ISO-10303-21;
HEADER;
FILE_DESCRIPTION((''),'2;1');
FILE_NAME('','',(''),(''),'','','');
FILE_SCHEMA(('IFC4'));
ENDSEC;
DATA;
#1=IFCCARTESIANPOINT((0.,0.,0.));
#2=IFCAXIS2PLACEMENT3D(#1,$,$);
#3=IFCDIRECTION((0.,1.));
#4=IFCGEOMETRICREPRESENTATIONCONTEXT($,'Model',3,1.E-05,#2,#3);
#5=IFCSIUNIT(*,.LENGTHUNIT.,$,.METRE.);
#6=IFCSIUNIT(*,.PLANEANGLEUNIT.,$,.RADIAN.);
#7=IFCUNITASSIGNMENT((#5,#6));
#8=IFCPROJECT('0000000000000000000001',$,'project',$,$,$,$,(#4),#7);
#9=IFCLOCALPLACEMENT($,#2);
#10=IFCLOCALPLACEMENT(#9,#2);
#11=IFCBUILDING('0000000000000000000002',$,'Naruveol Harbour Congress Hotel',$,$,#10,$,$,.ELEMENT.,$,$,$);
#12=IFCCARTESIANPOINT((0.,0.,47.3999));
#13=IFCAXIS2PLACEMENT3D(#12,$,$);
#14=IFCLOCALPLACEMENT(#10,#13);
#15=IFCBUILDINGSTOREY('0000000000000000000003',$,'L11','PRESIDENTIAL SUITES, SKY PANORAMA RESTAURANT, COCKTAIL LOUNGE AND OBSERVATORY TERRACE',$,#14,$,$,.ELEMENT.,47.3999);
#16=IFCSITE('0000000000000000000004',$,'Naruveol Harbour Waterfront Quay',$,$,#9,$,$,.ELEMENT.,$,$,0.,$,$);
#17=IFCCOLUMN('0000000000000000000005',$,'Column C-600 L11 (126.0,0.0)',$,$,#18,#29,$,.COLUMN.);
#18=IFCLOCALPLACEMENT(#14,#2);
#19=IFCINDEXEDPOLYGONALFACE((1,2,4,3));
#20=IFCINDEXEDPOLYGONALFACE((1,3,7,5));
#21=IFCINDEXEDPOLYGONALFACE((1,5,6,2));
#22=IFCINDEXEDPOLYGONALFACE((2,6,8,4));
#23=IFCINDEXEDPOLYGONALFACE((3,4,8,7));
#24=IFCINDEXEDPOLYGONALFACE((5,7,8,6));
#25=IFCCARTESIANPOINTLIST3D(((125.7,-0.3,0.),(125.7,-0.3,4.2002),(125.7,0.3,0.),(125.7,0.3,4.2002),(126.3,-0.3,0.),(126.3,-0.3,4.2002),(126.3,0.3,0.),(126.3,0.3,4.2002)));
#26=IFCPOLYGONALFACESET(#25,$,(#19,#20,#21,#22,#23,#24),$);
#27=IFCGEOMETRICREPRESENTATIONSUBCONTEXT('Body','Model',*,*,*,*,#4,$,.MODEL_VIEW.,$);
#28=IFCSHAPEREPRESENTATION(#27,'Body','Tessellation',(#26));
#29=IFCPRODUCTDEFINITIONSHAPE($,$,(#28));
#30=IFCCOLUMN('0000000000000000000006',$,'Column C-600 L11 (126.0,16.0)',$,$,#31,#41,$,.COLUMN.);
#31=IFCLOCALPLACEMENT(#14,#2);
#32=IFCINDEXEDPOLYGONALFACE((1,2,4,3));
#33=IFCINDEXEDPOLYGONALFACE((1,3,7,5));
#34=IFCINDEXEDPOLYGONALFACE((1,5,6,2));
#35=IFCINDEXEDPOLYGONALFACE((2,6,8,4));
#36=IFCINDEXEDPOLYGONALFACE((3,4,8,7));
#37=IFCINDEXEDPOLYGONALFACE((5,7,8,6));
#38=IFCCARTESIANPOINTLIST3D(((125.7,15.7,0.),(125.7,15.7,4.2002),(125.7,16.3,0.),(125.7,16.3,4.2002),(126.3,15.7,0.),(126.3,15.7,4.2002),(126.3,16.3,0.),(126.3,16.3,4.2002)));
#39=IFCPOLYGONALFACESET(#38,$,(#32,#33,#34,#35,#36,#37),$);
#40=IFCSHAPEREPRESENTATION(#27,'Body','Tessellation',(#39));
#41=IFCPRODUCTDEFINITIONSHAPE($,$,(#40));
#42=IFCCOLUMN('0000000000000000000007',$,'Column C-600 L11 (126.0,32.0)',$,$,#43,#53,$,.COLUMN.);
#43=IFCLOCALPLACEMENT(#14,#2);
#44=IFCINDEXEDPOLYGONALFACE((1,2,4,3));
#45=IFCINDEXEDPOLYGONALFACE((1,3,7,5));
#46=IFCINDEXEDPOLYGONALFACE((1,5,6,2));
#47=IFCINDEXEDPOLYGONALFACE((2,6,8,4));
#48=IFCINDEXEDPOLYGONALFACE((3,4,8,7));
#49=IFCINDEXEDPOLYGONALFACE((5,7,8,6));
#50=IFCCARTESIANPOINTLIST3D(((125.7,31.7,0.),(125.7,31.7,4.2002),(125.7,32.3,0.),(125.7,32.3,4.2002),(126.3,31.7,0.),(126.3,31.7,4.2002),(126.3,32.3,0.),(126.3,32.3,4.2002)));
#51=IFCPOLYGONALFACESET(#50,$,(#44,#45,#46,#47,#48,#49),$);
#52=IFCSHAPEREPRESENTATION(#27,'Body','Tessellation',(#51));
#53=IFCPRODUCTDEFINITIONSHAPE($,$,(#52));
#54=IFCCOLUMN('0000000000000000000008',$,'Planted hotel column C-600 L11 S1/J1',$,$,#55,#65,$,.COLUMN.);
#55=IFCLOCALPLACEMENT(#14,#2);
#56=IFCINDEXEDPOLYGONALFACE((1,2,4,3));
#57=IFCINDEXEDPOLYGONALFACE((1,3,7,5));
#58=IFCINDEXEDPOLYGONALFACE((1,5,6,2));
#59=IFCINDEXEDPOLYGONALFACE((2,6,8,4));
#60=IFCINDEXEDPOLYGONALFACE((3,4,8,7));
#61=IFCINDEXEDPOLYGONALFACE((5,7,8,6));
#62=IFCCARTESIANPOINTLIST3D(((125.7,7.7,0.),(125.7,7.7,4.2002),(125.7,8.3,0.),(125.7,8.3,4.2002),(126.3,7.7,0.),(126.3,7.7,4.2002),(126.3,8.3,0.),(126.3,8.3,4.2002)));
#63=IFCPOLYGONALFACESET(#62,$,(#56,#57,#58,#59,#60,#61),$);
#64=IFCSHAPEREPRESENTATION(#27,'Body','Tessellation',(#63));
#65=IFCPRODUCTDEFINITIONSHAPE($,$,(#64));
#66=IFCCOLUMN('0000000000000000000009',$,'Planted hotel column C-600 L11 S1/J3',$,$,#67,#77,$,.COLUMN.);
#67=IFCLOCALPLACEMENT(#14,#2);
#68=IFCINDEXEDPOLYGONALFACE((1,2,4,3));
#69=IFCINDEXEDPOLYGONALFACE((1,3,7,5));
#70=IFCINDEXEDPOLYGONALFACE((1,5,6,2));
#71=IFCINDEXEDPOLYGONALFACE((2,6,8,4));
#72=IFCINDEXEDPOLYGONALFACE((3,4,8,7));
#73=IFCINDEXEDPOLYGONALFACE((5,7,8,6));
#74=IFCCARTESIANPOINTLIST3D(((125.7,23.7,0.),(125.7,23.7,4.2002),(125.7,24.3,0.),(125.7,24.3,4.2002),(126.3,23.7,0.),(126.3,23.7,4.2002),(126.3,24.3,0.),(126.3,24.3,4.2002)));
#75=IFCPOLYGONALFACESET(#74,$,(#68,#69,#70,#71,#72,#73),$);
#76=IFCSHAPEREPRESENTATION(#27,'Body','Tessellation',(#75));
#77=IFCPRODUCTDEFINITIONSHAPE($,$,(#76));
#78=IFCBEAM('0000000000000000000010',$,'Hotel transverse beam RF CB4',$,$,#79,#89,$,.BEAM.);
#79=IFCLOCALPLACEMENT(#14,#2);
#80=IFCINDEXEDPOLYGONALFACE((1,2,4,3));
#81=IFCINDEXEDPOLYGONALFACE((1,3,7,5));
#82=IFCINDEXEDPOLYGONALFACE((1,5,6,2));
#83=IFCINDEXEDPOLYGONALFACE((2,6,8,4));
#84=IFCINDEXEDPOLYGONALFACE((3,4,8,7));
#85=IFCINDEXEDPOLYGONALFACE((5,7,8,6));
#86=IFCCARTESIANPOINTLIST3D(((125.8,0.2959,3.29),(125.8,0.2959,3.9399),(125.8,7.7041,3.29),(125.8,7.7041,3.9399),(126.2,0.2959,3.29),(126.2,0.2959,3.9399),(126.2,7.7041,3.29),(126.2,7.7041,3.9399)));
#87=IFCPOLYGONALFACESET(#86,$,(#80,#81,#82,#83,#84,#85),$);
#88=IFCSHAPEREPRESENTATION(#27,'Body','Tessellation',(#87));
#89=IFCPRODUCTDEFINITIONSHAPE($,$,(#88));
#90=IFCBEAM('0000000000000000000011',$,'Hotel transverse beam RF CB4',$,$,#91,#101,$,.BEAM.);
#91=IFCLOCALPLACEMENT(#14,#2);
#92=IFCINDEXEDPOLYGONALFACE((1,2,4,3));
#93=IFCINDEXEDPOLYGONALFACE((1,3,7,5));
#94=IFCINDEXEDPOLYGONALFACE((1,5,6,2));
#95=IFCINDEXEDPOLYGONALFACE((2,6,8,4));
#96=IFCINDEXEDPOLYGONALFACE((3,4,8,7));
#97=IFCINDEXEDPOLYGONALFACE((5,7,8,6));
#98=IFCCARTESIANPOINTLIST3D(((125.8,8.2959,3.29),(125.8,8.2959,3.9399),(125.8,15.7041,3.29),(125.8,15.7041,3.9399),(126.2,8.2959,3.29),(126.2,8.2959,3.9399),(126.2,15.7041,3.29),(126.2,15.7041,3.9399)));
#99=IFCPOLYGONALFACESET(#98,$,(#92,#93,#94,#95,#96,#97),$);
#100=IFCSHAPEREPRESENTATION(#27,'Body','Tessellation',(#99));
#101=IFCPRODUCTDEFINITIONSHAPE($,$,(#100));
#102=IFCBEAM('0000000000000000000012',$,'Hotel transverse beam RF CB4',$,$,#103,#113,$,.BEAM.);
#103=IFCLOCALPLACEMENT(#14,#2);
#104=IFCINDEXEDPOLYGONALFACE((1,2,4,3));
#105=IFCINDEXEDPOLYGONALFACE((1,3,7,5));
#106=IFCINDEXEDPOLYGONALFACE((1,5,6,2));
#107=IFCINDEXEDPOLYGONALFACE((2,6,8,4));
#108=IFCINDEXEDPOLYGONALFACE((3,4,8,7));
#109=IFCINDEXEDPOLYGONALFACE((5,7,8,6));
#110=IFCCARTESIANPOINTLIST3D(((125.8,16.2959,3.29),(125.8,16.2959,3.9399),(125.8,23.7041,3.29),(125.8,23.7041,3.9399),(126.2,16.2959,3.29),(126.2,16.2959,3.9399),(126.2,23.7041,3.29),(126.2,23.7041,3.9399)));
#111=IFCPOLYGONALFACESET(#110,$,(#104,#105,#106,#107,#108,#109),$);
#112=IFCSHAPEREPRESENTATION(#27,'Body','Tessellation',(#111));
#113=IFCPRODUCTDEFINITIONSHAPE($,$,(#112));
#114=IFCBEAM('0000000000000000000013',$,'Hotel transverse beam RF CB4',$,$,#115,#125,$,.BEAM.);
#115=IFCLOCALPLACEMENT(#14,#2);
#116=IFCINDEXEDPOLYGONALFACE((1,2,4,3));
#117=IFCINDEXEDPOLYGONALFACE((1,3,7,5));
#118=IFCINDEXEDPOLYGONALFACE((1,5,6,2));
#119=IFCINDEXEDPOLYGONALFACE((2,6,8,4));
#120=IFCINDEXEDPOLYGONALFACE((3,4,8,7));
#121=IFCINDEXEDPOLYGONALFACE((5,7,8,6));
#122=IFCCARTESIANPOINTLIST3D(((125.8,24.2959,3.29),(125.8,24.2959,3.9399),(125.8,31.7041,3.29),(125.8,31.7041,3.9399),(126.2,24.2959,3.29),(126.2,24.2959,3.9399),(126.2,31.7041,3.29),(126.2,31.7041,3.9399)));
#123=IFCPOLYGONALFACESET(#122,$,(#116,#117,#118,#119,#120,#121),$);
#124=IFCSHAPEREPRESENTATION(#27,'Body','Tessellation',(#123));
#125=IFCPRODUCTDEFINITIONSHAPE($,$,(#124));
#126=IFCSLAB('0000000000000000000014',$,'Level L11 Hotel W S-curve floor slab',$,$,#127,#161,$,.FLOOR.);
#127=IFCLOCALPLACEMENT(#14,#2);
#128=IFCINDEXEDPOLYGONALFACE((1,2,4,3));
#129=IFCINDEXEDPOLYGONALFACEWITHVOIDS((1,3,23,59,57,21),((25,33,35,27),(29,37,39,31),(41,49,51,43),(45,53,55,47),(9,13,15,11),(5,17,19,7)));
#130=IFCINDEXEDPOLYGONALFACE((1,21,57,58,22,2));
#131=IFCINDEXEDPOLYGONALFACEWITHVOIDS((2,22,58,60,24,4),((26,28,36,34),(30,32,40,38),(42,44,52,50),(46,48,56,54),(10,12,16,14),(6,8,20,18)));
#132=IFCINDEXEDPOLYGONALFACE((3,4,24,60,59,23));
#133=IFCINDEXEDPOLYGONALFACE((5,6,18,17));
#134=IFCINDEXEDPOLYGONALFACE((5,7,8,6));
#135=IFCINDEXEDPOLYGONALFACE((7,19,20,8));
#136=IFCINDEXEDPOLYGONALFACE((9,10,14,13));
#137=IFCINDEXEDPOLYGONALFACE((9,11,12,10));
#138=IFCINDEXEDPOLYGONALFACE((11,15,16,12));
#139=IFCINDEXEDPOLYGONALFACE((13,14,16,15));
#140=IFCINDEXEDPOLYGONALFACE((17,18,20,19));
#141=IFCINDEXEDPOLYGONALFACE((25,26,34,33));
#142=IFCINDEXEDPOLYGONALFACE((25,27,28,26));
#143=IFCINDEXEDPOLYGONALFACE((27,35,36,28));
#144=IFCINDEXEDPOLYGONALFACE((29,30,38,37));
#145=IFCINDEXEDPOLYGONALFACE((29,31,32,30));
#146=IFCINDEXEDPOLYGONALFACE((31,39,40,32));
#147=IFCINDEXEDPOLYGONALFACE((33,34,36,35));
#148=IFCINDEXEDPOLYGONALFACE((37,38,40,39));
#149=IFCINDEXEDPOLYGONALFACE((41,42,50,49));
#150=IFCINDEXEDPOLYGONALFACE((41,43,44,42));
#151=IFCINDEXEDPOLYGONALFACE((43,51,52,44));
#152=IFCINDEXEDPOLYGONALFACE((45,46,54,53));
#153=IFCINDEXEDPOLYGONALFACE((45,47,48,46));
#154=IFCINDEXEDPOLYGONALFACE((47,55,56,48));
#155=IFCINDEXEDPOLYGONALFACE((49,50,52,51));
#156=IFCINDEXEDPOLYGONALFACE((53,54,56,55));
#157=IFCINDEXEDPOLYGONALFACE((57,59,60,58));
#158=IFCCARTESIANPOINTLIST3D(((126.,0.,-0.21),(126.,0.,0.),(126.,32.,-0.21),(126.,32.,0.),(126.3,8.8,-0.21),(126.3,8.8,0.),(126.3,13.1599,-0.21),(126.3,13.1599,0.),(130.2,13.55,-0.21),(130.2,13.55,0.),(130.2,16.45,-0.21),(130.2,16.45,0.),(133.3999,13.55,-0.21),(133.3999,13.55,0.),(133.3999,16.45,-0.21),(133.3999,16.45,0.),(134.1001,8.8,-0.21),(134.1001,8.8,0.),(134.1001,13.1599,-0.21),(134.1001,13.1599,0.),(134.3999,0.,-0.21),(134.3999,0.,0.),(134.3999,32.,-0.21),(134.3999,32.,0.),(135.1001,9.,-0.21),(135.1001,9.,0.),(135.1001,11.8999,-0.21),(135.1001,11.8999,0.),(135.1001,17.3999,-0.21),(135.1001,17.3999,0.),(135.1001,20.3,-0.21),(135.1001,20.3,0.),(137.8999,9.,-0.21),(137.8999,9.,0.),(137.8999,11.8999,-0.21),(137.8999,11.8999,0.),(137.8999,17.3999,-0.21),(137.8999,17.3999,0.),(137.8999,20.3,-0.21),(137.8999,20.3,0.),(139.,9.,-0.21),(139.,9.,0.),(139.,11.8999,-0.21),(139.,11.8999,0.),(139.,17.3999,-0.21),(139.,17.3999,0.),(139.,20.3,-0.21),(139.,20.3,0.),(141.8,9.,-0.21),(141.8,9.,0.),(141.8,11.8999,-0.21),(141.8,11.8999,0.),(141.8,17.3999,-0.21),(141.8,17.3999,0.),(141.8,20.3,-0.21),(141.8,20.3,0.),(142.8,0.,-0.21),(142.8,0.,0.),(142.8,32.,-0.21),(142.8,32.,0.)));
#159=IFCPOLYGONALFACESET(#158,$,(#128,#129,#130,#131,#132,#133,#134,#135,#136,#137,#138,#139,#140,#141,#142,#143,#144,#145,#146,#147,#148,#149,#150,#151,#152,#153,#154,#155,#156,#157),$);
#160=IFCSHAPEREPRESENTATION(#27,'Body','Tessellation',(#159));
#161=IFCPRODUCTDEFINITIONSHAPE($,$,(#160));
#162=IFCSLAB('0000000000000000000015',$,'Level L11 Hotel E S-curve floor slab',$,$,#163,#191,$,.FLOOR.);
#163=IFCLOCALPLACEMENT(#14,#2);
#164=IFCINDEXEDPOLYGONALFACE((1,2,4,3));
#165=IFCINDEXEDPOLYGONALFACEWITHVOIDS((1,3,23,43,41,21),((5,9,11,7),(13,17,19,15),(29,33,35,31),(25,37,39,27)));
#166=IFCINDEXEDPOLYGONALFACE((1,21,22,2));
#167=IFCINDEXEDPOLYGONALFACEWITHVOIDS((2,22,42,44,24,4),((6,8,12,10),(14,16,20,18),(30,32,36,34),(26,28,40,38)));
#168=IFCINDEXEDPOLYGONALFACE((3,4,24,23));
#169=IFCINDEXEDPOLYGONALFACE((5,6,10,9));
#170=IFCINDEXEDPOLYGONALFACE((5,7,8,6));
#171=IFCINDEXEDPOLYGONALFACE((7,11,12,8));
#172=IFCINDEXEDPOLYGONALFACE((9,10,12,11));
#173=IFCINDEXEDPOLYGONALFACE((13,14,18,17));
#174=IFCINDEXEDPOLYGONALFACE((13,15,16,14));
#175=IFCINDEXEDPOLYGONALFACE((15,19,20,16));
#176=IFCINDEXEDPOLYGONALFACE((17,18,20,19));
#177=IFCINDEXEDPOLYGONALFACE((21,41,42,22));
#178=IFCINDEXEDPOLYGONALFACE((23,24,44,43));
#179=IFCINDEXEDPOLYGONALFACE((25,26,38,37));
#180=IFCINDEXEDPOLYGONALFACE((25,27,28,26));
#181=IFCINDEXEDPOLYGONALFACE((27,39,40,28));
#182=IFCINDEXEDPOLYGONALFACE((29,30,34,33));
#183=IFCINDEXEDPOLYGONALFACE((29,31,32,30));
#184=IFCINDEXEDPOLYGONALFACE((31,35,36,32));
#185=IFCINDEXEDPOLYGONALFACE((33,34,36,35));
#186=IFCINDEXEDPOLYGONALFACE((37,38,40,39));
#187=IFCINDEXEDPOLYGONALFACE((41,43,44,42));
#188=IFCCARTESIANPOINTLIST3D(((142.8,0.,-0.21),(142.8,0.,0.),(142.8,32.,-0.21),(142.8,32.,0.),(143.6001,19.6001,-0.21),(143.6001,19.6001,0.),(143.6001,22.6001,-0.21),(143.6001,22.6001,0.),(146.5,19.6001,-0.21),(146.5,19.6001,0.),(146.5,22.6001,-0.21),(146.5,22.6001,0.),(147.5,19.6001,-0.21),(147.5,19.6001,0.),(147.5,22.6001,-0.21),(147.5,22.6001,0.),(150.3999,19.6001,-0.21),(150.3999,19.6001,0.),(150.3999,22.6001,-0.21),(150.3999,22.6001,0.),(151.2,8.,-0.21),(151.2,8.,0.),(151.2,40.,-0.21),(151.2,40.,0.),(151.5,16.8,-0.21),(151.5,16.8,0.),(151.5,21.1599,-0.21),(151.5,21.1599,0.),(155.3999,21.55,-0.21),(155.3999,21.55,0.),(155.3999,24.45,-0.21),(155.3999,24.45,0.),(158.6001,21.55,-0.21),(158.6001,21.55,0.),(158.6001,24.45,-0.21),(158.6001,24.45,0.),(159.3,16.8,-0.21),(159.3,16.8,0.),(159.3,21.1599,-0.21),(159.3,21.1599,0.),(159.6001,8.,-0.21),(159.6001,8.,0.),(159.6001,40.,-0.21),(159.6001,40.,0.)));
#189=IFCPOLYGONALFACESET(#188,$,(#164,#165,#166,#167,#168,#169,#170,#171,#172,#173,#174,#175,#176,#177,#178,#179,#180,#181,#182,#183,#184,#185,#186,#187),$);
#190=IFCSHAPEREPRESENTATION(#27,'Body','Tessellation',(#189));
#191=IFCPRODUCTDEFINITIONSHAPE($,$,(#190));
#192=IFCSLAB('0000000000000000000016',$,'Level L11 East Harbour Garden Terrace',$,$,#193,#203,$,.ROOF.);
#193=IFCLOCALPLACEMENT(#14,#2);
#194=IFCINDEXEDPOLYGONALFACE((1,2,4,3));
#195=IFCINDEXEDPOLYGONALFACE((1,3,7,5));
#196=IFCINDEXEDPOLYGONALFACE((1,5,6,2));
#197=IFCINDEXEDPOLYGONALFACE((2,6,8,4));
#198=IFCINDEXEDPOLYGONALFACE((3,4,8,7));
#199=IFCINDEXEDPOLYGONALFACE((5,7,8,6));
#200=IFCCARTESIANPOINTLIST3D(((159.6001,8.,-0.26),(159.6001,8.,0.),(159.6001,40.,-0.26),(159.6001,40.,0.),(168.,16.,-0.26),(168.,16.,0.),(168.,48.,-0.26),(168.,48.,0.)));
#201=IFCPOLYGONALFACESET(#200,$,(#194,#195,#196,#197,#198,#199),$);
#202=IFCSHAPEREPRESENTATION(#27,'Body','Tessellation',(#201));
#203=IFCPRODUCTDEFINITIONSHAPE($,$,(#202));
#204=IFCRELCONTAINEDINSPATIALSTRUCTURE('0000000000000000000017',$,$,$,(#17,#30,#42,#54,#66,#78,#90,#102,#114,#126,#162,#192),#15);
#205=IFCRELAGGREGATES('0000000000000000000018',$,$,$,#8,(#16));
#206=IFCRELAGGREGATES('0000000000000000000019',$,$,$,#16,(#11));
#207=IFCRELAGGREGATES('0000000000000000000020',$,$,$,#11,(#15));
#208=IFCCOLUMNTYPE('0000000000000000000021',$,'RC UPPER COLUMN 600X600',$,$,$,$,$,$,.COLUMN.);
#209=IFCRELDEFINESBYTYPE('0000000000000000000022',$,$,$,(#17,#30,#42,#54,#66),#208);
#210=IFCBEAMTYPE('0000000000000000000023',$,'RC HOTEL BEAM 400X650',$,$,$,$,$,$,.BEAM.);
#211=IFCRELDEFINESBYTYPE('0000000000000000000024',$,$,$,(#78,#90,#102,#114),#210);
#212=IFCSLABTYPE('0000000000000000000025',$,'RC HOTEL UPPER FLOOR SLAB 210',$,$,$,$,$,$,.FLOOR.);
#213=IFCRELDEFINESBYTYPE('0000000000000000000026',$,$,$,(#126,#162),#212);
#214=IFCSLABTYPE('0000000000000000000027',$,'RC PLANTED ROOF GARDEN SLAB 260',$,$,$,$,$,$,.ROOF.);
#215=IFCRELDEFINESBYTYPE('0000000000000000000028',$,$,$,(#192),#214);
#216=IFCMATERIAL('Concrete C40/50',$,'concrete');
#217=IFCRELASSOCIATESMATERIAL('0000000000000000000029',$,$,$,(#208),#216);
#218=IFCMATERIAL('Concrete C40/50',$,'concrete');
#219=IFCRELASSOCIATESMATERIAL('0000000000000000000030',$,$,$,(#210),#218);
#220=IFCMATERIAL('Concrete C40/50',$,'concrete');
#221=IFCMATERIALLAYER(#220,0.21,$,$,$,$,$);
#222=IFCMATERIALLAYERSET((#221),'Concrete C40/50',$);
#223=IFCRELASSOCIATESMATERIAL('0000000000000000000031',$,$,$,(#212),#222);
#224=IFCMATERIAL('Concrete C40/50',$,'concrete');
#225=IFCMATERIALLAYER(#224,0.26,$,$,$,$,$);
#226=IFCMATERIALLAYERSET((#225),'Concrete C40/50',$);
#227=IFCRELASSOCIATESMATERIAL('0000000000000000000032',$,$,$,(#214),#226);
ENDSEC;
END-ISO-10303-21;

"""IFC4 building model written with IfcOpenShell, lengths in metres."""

from ifc_helpers import new_model, si_unit, direction, frame, origin, origin_2d, place, context, subcontext, project, spatial, polyline, rectangle, outline, extrude, material, layer, layer_set, material_profile, profile_set, type_object, element, save


model = new_model("IFC4")

# Units and contexts
model_context = context("Model", 3, precision=1e-05, world=origin(), true_north=direction((0.0, 1.0)))
body_context = subcontext(model_context, "Body", "Model", "MODEL_VIEW")
ifc_project = project(units=[si_unit("LENGTHUNIT", "METRE"), si_unit("PLANEANGLEUNIT", "RADIAN")], contexts=[model_context])

# Site, building, storey
site_placement = place(None, origin())
site = spatial("IfcSite", under=ifc_project, at=site_placement, Name="Naruveol Harbour Waterfront Quay", CompositionType="ELEMENT", RefElevation=0.0)
building_placement = place(site_placement, origin())
building = spatial("IfcBuilding", under=site, at=building_placement, Name="Naruveol Harbour Congress Hotel", CompositionType="ELEMENT")
storey_placement = place(building_placement, frame((0.0, 0.0, 47.3999)))
storey = spatial("IfcBuildingStorey", under=building, at=storey_placement, Name="L11", Description="PRESIDENTIAL SUITES, SKY PANORAMA RESTAURANT, COCKTAIL LOUNGE AND OBSERVATORY TERRACE", CompositionType="ELEMENT", Elevation=47.3999)

# Columns
ifc_material_1 = material(Name="Concrete C40/50", Category="concrete")
ifc_material_profile_1 = material_profile(ifc_material_1, rectangle(XDim=0.6001, YDim=0.6001, at=origin_2d()), Name="RC-600x600")
ifc_profile_set_1 = profile_set([ifc_material_profile_1], Name="Concrete C40/50")
column_type = type_object("IfcColumnType", Name="RC UPPER COLUMN 600X600", PredefinedType="COLUMN", material=ifc_profile_set_1)
for number, where, z_axis, x_axis, name in (
    (1, (126.0, 0.0, 0.0), (0.0, 0.0, 1.0), (1.0, 0.0, 0.0), "Column C-600 L11 (126.0,0.0)"),
    (2, (126.0, 16.0, 0.0), (0.0, 0.0, 1.0), (1.0, 0.0, 0.0), "Column C-600 L11 (126.0,16.0)"),
    (3, (126.0, 32.0, 0.0), (0.0, 0.0, 1.0), (1.0, 0.0, 0.0), "Column C-600 L11 (126.0,32.0)"),
    (4, (126.0, 8.0, 0.0), (0.0, 0.0, 1.0), (1.0, 0.0, 0.0), "Planted hotel column C-600 L11 S1/J1"),
    (5, (126.0, 24.0, 0.0), (0.0, 0.0, 1.0), (1.0, 0.0, 0.0), "Planted hotel column C-600 L11 S1/J3"),
):
    element("IfcColumn", number, at=place(storey_placement, frame(where, z_axis=z_axis, x_axis=x_axis)), inside=storey, type_object=column_type, Name=name, PredefinedType="COLUMN", context=body_context, shape_type="SweptSolid", body=[
        extrude(rectangle(XDim=0.6001, YDim=0.6001, at=origin_2d()), origin(), (0.0, 0.0, 1.0), 4.2002),
    ])

# Beams
ifc_material_2 = material(Name="Concrete C40/50", Category="concrete")
ifc_material_profile_2 = material_profile(ifc_material_2, rectangle(XDim=0.3999, YDim=0.6499, at=origin_2d()), Name="RCB-400x650")
ifc_profile_set_2 = profile_set([ifc_material_profile_2], Name="Concrete C40/50")
beam_type = type_object("IfcBeamType", Name="RC HOTEL BEAM 400X650", PredefinedType="BEAM", material=ifc_profile_set_2)
for number, where, z_axis, x_axis, name in (
    (6, (126.0, 0.2959, 3.615), (0.0, 1.0, 0.0), (-1.0, 0.0, 0.0), "Hotel transverse beam RF CB4"),
    (7, (126.0, 8.2959, 3.615), (0.0, 1.0, 0.0), (-1.0, 0.0, 0.0), "Hotel transverse beam RF CB4"),
    (8, (126.0, 16.2959, 3.615), (0.0, 1.0, 0.0), (-1.0, 0.0, 0.0), "Hotel transverse beam RF CB4"),
    (9, (126.0, 24.2959, 3.615), (0.0, 1.0, 0.0), (-1.0, 0.0, 0.0), "Hotel transverse beam RF CB4"),
):
    element("IfcBeam", number, at=place(storey_placement, frame(where, z_axis=z_axis, x_axis=x_axis)), inside=storey, type_object=beam_type, Name=name, PredefinedType="BEAM", context=body_context, shape_type="SweptSolid", body=[
        extrude(rectangle(XDim=0.3999, YDim=0.6499, at=origin_2d()), origin(), (0.0, 0.0, 1.0), 7.4082),
    ])

# Slabs
ifc_material_3 = material(Name="Concrete C40/50", Category="concrete")
ifc_layer_1 = layer(ifc_material_3, 0.21)
ifc_layer_set_1 = layer_set([ifc_layer_1], Name="Concrete C40/50")
slab_type_1 = type_object("IfcSlabType", Name="RC HOTEL UPPER FLOOR SLAB 210", PredefinedType="FLOOR", material=ifc_layer_set_1)
slab_1_placement = place(storey_placement, frame((0.0, 0.0, -0.21)))
element("IfcSlab", 10, at=slab_1_placement, inside=storey, type_object=slab_type_1, Name="Level L11 Hotel W S-curve floor slab", PredefinedType="FLOOR", context=body_context, shape_type="SweptSolid", body=[
    extrude(outline(polyline([(126.0, 0.0), (134.3999, 0.0), (142.8, 0.0), (142.8, 32.0), (134.3999, 32.0), (126.0, 32.0), (126.0, 0.0)]), holes=[polyline([(126.3, 8.8), (134.1001, 8.8), (134.1001, 13.1599), (126.3, 13.1599), (126.3, 8.8)]), polyline([(135.1001, 17.3999), (137.8999, 17.3999), (137.8999, 20.3), (135.1001, 20.3), (135.1001, 17.3999)]), polyline([(139.0, 17.3999), (141.8, 17.3999), (141.8, 20.3), (139.0, 20.3), (139.0, 17.3999)]), polyline([(135.1001, 9.0), (137.8999, 9.0), (137.8999, 11.8999), (135.1001, 11.8999), (135.1001, 9.0)]), polyline([(139.0, 9.0), (141.8, 9.0), (141.8, 11.8999), (139.0, 11.8999), (139.0, 9.0)]), polyline([(130.2, 13.55), (133.3999, 13.55), (133.3999, 16.45), (130.2, 16.45), (130.2, 13.55)])]), origin(), (0.0, 0.0, 1.0), 0.21),
])
slab_2_placement = place(storey_placement, frame((0.0, 0.0, -0.21)))
element("IfcSlab", 11, at=slab_2_placement, inside=storey, type_object=slab_type_1, Name="Level L11 Hotel E S-curve floor slab", PredefinedType="FLOOR", context=body_context, shape_type="SweptSolid", body=[
    extrude(outline(polyline([(142.8, 0.0), (151.2, 8.0), (159.6001, 8.0), (159.6001, 40.0), (151.2, 40.0), (142.8, 32.0), (142.8, 0.0)]), holes=[polyline([(151.5, 16.8), (159.3, 16.8), (159.3, 21.1599), (151.5, 21.1599), (151.5, 16.8)]), polyline([(155.3999, 21.55), (158.6001, 21.55), (158.6001, 24.45), (155.3999, 24.45), (155.3999, 21.55)]), polyline([(143.6001, 19.6001), (146.5, 19.6001), (146.5, 22.6001), (143.6001, 22.6001), (143.6001, 19.6001)]), polyline([(147.5, 19.6001), (150.3999, 19.6001), (150.3999, 22.6001), (147.5, 22.6001), (147.5, 19.6001)])]), origin(), (0.0, 0.0, 1.0), 0.21),
])
ifc_material_4 = material(Name="Concrete C40/50", Category="concrete")
ifc_layer_2 = layer(ifc_material_4, 0.26)
ifc_layer_set_2 = layer_set([ifc_layer_2], Name="Concrete C40/50")
slab_type_2 = type_object("IfcSlabType", Name="RC PLANTED ROOF GARDEN SLAB 260", PredefinedType="ROOF", material=ifc_layer_set_2)
slab_3_placement = place(storey_placement, frame((0.0, 0.0, -0.26)))
element("IfcSlab", 12, at=slab_3_placement, inside=storey, type_object=slab_type_2, Name="Level L11 East Harbour Garden Terrace", PredefinedType="ROOF", context=body_context, shape_type="SweptSolid", body=[
    extrude(outline(polyline([(159.6001, 8.0), (168.0, 16.0), (168.0, 48.0), (159.6001, 40.0), (159.6001, 8.0)])), origin(), (0.0, 0.0, 1.0), 0.26),
])

save(model, "model.ifc")
